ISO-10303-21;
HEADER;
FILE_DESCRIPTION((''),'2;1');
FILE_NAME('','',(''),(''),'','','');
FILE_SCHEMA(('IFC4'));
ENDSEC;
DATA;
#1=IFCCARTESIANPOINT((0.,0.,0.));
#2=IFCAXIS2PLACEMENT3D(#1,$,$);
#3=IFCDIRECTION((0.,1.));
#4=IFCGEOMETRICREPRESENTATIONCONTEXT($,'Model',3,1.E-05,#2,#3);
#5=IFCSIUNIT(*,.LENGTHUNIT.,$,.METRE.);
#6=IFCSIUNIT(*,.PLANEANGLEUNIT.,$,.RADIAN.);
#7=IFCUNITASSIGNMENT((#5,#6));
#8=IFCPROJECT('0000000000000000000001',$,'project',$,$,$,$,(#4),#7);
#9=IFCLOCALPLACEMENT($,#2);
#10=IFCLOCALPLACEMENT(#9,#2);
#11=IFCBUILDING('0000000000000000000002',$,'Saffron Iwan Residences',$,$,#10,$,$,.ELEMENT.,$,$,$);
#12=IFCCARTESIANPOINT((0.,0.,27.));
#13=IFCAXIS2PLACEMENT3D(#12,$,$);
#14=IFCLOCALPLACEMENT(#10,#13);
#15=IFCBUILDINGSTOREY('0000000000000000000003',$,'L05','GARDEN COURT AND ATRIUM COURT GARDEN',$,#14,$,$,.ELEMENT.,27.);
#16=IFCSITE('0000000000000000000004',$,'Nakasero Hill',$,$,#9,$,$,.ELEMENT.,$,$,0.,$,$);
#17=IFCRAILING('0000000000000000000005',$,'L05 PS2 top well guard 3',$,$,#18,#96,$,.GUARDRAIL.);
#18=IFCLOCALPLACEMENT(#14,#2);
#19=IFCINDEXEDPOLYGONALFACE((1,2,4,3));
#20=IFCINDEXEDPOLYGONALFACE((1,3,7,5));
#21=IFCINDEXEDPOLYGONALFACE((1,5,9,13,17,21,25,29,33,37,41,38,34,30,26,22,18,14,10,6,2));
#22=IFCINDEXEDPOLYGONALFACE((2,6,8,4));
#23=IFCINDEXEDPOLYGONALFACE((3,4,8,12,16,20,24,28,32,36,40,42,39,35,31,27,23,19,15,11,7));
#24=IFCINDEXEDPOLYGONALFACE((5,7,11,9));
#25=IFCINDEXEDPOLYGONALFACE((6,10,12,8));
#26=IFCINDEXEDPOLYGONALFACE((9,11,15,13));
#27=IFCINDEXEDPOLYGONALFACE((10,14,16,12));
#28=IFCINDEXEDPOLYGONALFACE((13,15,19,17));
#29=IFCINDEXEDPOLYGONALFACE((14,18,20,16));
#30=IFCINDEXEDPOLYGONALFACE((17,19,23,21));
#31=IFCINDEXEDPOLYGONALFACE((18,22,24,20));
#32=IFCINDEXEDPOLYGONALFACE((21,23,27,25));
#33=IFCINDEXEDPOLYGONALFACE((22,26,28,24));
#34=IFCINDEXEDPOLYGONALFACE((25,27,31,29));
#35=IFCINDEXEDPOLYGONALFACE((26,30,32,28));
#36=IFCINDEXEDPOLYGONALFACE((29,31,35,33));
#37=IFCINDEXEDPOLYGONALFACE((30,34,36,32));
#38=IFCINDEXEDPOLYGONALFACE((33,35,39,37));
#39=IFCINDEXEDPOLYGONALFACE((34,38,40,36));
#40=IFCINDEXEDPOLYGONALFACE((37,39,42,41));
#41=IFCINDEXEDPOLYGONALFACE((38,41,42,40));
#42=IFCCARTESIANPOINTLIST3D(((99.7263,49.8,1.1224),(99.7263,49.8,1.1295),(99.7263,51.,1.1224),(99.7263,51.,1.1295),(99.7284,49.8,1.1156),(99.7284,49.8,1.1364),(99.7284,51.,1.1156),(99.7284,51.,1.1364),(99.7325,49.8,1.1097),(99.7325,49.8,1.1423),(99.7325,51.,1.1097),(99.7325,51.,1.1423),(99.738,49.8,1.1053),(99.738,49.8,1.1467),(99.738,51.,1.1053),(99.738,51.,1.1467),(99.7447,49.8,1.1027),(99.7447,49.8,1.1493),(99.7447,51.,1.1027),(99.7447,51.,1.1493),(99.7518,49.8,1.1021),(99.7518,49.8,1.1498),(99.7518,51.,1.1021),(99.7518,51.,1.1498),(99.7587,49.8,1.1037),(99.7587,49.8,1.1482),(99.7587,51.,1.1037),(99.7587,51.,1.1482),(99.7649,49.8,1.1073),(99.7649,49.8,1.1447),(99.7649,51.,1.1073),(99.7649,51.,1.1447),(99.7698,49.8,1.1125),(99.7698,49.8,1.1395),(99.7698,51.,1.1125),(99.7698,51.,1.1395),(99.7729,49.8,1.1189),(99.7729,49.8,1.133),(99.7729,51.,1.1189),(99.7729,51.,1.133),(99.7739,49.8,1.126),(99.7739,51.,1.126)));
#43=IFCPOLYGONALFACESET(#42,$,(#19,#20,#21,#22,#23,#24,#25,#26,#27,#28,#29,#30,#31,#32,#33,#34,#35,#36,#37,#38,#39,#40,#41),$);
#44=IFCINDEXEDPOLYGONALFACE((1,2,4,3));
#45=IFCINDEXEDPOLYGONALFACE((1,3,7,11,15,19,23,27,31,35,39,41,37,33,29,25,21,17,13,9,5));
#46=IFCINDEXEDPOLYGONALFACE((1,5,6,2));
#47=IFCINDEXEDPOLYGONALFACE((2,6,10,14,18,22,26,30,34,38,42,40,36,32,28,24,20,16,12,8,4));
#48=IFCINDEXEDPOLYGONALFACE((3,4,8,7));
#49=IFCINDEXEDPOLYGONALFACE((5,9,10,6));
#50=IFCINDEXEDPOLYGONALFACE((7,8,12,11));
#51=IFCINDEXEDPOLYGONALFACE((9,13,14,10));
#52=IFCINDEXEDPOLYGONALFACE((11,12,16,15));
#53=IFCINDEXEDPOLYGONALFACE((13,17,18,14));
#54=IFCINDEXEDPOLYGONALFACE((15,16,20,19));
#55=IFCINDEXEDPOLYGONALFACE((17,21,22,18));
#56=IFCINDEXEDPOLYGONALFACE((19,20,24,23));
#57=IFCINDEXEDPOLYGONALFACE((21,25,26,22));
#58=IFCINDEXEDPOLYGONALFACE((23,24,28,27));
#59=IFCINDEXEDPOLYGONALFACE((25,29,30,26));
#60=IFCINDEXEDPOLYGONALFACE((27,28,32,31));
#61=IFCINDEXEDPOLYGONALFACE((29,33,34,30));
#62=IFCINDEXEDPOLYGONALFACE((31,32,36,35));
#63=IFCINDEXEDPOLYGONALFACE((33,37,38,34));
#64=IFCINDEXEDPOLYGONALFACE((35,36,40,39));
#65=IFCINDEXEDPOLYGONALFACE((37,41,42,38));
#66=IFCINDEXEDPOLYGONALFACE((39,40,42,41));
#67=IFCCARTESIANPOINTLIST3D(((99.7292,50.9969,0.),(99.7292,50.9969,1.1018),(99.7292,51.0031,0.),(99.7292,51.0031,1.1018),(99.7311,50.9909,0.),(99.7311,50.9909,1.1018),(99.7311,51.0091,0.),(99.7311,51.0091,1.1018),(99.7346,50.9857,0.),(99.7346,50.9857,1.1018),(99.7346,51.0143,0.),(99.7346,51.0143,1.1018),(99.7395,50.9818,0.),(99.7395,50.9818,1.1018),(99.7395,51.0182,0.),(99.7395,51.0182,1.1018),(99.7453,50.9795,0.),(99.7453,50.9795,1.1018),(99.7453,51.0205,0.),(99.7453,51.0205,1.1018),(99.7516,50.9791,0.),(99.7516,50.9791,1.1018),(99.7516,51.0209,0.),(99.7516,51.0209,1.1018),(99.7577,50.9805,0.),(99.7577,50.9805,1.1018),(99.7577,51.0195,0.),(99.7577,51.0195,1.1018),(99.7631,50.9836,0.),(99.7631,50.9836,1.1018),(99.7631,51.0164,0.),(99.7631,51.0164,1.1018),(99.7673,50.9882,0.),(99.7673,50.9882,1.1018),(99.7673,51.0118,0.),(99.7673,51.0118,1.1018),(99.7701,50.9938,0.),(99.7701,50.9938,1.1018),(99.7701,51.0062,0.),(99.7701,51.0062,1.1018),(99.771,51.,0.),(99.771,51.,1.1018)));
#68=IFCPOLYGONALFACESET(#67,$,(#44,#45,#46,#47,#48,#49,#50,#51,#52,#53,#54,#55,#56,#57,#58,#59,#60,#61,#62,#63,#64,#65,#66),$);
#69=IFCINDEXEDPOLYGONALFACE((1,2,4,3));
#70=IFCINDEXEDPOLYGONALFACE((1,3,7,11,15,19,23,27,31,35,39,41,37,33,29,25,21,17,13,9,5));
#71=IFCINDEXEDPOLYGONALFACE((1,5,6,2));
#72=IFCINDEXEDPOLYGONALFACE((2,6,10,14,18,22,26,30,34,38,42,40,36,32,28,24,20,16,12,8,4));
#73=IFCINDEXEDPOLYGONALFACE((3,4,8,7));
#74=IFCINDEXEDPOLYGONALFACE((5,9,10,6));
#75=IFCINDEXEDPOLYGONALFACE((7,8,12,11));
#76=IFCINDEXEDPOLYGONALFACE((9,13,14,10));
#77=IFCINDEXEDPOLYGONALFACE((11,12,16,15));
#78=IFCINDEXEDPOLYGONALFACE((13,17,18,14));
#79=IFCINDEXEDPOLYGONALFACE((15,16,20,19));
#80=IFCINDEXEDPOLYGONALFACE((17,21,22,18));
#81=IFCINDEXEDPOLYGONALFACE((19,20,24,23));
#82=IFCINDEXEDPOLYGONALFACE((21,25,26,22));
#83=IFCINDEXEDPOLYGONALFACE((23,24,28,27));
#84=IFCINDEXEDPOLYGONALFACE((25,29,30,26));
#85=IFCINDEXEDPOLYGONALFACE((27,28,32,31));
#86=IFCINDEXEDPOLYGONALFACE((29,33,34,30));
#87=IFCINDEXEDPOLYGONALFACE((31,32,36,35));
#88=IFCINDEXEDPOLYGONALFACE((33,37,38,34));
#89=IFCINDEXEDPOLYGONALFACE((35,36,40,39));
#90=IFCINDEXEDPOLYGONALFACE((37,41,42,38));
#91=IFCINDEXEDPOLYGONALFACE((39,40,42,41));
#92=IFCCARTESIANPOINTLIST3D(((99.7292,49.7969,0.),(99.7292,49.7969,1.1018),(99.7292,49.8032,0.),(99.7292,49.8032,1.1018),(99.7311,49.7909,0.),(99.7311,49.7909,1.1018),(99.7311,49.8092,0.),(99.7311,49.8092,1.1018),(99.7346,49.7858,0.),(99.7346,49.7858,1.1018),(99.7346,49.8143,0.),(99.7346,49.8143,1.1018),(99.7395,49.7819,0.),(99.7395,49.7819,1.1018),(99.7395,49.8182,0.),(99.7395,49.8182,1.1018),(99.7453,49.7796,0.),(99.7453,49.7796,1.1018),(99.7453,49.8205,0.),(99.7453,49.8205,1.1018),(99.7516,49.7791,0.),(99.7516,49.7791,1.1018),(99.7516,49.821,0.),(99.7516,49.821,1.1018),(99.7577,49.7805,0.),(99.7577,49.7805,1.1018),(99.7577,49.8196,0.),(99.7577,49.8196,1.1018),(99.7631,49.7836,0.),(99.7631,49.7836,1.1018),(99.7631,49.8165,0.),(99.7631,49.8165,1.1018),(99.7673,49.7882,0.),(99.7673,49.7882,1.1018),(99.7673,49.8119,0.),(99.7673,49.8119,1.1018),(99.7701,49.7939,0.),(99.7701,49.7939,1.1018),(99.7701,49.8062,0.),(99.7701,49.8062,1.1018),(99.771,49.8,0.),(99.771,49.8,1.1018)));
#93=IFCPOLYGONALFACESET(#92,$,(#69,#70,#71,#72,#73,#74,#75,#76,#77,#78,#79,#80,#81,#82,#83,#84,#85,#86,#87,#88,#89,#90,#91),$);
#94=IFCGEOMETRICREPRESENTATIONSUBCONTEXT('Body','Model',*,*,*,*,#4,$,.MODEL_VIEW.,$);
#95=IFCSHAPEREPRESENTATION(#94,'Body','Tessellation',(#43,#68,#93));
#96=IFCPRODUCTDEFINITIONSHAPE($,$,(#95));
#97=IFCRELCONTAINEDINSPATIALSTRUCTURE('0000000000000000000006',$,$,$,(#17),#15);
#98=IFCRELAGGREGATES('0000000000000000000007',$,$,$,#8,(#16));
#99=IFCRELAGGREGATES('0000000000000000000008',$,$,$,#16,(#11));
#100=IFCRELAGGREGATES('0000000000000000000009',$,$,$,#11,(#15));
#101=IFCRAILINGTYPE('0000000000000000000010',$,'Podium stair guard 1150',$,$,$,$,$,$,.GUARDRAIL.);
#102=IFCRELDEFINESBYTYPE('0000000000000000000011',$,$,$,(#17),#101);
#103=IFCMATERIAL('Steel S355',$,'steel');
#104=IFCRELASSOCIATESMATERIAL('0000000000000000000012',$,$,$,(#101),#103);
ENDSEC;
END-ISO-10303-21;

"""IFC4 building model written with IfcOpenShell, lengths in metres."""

from ifc_helpers import new_model, si_unit, direction, frame, origin, origin_2d, place, context, subcontext, project, spatial, circle, extrude, material, type_object, element, save


model = new_model("IFC4")

# Units and contexts
model_context = context("Model", 3, precision=1e-05, world=origin(), true_north=direction((0.0, 1.0)))
body_context = subcontext(model_context, "Body", "Model", "MODEL_VIEW")
ifc_project = project(units=[si_unit("LENGTHUNIT", "METRE"), si_unit("PLANEANGLEUNIT", "RADIAN")], contexts=[model_context])

# Site, building, storey
site_placement = place(None, origin())
site = spatial("IfcSite", under=ifc_project, at=site_placement, Name="Nakasero Hill", CompositionType="ELEMENT", RefElevation=0.0)
building_placement = place(site_placement, origin())
building = spatial("IfcBuilding", under=site, at=building_placement, Name="Saffron Iwan Residences", CompositionType="ELEMENT")
storey_placement = place(building_placement, frame((0.0, 0.0, 27.0)))
storey = spatial("IfcBuildingStorey", under=building, at=storey_placement, Name="L05", Description="GARDEN COURT AND ATRIUM COURT GARDEN", CompositionType="ELEMENT", Elevation=27.0)

# Railing
ifc_material_1 = material(Name="Steel S355", Category="steel")
railing_type = type_object("IfcRailingType", Name="Podium stair guard 1150", PredefinedType="GUARDRAIL", material=ifc_material_1)
railing_1_placement = place(storey_placement, frame((99.75, 51.0, 0.0)))
element("IfcRailing", 1, at=railing_1_placement, inside=storey, type_object=railing_type, Name="L05 PS2 top well guard 3", PredefinedType="GUARDRAIL", context=body_context, shape_type="SweptSolid", body=[
    extrude(circle(Radius=0.0239, at=origin_2d()), frame((0.0, 0.0, 1.126), z_axis=(0.0, -1.0, 0.0), x_axis=(1.0, 0.0, 0.0)), (0.0, 0.0, 1.0), 1.2),
    extrude(circle(Radius=0.021, at=origin_2d()), origin(), (0.0, 0.0, 1.0), 1.1018),
    extrude(circle(Radius=0.021, at=origin_2d()), frame((0.0, -1.2, 0.0)), (0.0, 0.0, 1.0), 1.1018),
])

save(model, "model.ifc")
